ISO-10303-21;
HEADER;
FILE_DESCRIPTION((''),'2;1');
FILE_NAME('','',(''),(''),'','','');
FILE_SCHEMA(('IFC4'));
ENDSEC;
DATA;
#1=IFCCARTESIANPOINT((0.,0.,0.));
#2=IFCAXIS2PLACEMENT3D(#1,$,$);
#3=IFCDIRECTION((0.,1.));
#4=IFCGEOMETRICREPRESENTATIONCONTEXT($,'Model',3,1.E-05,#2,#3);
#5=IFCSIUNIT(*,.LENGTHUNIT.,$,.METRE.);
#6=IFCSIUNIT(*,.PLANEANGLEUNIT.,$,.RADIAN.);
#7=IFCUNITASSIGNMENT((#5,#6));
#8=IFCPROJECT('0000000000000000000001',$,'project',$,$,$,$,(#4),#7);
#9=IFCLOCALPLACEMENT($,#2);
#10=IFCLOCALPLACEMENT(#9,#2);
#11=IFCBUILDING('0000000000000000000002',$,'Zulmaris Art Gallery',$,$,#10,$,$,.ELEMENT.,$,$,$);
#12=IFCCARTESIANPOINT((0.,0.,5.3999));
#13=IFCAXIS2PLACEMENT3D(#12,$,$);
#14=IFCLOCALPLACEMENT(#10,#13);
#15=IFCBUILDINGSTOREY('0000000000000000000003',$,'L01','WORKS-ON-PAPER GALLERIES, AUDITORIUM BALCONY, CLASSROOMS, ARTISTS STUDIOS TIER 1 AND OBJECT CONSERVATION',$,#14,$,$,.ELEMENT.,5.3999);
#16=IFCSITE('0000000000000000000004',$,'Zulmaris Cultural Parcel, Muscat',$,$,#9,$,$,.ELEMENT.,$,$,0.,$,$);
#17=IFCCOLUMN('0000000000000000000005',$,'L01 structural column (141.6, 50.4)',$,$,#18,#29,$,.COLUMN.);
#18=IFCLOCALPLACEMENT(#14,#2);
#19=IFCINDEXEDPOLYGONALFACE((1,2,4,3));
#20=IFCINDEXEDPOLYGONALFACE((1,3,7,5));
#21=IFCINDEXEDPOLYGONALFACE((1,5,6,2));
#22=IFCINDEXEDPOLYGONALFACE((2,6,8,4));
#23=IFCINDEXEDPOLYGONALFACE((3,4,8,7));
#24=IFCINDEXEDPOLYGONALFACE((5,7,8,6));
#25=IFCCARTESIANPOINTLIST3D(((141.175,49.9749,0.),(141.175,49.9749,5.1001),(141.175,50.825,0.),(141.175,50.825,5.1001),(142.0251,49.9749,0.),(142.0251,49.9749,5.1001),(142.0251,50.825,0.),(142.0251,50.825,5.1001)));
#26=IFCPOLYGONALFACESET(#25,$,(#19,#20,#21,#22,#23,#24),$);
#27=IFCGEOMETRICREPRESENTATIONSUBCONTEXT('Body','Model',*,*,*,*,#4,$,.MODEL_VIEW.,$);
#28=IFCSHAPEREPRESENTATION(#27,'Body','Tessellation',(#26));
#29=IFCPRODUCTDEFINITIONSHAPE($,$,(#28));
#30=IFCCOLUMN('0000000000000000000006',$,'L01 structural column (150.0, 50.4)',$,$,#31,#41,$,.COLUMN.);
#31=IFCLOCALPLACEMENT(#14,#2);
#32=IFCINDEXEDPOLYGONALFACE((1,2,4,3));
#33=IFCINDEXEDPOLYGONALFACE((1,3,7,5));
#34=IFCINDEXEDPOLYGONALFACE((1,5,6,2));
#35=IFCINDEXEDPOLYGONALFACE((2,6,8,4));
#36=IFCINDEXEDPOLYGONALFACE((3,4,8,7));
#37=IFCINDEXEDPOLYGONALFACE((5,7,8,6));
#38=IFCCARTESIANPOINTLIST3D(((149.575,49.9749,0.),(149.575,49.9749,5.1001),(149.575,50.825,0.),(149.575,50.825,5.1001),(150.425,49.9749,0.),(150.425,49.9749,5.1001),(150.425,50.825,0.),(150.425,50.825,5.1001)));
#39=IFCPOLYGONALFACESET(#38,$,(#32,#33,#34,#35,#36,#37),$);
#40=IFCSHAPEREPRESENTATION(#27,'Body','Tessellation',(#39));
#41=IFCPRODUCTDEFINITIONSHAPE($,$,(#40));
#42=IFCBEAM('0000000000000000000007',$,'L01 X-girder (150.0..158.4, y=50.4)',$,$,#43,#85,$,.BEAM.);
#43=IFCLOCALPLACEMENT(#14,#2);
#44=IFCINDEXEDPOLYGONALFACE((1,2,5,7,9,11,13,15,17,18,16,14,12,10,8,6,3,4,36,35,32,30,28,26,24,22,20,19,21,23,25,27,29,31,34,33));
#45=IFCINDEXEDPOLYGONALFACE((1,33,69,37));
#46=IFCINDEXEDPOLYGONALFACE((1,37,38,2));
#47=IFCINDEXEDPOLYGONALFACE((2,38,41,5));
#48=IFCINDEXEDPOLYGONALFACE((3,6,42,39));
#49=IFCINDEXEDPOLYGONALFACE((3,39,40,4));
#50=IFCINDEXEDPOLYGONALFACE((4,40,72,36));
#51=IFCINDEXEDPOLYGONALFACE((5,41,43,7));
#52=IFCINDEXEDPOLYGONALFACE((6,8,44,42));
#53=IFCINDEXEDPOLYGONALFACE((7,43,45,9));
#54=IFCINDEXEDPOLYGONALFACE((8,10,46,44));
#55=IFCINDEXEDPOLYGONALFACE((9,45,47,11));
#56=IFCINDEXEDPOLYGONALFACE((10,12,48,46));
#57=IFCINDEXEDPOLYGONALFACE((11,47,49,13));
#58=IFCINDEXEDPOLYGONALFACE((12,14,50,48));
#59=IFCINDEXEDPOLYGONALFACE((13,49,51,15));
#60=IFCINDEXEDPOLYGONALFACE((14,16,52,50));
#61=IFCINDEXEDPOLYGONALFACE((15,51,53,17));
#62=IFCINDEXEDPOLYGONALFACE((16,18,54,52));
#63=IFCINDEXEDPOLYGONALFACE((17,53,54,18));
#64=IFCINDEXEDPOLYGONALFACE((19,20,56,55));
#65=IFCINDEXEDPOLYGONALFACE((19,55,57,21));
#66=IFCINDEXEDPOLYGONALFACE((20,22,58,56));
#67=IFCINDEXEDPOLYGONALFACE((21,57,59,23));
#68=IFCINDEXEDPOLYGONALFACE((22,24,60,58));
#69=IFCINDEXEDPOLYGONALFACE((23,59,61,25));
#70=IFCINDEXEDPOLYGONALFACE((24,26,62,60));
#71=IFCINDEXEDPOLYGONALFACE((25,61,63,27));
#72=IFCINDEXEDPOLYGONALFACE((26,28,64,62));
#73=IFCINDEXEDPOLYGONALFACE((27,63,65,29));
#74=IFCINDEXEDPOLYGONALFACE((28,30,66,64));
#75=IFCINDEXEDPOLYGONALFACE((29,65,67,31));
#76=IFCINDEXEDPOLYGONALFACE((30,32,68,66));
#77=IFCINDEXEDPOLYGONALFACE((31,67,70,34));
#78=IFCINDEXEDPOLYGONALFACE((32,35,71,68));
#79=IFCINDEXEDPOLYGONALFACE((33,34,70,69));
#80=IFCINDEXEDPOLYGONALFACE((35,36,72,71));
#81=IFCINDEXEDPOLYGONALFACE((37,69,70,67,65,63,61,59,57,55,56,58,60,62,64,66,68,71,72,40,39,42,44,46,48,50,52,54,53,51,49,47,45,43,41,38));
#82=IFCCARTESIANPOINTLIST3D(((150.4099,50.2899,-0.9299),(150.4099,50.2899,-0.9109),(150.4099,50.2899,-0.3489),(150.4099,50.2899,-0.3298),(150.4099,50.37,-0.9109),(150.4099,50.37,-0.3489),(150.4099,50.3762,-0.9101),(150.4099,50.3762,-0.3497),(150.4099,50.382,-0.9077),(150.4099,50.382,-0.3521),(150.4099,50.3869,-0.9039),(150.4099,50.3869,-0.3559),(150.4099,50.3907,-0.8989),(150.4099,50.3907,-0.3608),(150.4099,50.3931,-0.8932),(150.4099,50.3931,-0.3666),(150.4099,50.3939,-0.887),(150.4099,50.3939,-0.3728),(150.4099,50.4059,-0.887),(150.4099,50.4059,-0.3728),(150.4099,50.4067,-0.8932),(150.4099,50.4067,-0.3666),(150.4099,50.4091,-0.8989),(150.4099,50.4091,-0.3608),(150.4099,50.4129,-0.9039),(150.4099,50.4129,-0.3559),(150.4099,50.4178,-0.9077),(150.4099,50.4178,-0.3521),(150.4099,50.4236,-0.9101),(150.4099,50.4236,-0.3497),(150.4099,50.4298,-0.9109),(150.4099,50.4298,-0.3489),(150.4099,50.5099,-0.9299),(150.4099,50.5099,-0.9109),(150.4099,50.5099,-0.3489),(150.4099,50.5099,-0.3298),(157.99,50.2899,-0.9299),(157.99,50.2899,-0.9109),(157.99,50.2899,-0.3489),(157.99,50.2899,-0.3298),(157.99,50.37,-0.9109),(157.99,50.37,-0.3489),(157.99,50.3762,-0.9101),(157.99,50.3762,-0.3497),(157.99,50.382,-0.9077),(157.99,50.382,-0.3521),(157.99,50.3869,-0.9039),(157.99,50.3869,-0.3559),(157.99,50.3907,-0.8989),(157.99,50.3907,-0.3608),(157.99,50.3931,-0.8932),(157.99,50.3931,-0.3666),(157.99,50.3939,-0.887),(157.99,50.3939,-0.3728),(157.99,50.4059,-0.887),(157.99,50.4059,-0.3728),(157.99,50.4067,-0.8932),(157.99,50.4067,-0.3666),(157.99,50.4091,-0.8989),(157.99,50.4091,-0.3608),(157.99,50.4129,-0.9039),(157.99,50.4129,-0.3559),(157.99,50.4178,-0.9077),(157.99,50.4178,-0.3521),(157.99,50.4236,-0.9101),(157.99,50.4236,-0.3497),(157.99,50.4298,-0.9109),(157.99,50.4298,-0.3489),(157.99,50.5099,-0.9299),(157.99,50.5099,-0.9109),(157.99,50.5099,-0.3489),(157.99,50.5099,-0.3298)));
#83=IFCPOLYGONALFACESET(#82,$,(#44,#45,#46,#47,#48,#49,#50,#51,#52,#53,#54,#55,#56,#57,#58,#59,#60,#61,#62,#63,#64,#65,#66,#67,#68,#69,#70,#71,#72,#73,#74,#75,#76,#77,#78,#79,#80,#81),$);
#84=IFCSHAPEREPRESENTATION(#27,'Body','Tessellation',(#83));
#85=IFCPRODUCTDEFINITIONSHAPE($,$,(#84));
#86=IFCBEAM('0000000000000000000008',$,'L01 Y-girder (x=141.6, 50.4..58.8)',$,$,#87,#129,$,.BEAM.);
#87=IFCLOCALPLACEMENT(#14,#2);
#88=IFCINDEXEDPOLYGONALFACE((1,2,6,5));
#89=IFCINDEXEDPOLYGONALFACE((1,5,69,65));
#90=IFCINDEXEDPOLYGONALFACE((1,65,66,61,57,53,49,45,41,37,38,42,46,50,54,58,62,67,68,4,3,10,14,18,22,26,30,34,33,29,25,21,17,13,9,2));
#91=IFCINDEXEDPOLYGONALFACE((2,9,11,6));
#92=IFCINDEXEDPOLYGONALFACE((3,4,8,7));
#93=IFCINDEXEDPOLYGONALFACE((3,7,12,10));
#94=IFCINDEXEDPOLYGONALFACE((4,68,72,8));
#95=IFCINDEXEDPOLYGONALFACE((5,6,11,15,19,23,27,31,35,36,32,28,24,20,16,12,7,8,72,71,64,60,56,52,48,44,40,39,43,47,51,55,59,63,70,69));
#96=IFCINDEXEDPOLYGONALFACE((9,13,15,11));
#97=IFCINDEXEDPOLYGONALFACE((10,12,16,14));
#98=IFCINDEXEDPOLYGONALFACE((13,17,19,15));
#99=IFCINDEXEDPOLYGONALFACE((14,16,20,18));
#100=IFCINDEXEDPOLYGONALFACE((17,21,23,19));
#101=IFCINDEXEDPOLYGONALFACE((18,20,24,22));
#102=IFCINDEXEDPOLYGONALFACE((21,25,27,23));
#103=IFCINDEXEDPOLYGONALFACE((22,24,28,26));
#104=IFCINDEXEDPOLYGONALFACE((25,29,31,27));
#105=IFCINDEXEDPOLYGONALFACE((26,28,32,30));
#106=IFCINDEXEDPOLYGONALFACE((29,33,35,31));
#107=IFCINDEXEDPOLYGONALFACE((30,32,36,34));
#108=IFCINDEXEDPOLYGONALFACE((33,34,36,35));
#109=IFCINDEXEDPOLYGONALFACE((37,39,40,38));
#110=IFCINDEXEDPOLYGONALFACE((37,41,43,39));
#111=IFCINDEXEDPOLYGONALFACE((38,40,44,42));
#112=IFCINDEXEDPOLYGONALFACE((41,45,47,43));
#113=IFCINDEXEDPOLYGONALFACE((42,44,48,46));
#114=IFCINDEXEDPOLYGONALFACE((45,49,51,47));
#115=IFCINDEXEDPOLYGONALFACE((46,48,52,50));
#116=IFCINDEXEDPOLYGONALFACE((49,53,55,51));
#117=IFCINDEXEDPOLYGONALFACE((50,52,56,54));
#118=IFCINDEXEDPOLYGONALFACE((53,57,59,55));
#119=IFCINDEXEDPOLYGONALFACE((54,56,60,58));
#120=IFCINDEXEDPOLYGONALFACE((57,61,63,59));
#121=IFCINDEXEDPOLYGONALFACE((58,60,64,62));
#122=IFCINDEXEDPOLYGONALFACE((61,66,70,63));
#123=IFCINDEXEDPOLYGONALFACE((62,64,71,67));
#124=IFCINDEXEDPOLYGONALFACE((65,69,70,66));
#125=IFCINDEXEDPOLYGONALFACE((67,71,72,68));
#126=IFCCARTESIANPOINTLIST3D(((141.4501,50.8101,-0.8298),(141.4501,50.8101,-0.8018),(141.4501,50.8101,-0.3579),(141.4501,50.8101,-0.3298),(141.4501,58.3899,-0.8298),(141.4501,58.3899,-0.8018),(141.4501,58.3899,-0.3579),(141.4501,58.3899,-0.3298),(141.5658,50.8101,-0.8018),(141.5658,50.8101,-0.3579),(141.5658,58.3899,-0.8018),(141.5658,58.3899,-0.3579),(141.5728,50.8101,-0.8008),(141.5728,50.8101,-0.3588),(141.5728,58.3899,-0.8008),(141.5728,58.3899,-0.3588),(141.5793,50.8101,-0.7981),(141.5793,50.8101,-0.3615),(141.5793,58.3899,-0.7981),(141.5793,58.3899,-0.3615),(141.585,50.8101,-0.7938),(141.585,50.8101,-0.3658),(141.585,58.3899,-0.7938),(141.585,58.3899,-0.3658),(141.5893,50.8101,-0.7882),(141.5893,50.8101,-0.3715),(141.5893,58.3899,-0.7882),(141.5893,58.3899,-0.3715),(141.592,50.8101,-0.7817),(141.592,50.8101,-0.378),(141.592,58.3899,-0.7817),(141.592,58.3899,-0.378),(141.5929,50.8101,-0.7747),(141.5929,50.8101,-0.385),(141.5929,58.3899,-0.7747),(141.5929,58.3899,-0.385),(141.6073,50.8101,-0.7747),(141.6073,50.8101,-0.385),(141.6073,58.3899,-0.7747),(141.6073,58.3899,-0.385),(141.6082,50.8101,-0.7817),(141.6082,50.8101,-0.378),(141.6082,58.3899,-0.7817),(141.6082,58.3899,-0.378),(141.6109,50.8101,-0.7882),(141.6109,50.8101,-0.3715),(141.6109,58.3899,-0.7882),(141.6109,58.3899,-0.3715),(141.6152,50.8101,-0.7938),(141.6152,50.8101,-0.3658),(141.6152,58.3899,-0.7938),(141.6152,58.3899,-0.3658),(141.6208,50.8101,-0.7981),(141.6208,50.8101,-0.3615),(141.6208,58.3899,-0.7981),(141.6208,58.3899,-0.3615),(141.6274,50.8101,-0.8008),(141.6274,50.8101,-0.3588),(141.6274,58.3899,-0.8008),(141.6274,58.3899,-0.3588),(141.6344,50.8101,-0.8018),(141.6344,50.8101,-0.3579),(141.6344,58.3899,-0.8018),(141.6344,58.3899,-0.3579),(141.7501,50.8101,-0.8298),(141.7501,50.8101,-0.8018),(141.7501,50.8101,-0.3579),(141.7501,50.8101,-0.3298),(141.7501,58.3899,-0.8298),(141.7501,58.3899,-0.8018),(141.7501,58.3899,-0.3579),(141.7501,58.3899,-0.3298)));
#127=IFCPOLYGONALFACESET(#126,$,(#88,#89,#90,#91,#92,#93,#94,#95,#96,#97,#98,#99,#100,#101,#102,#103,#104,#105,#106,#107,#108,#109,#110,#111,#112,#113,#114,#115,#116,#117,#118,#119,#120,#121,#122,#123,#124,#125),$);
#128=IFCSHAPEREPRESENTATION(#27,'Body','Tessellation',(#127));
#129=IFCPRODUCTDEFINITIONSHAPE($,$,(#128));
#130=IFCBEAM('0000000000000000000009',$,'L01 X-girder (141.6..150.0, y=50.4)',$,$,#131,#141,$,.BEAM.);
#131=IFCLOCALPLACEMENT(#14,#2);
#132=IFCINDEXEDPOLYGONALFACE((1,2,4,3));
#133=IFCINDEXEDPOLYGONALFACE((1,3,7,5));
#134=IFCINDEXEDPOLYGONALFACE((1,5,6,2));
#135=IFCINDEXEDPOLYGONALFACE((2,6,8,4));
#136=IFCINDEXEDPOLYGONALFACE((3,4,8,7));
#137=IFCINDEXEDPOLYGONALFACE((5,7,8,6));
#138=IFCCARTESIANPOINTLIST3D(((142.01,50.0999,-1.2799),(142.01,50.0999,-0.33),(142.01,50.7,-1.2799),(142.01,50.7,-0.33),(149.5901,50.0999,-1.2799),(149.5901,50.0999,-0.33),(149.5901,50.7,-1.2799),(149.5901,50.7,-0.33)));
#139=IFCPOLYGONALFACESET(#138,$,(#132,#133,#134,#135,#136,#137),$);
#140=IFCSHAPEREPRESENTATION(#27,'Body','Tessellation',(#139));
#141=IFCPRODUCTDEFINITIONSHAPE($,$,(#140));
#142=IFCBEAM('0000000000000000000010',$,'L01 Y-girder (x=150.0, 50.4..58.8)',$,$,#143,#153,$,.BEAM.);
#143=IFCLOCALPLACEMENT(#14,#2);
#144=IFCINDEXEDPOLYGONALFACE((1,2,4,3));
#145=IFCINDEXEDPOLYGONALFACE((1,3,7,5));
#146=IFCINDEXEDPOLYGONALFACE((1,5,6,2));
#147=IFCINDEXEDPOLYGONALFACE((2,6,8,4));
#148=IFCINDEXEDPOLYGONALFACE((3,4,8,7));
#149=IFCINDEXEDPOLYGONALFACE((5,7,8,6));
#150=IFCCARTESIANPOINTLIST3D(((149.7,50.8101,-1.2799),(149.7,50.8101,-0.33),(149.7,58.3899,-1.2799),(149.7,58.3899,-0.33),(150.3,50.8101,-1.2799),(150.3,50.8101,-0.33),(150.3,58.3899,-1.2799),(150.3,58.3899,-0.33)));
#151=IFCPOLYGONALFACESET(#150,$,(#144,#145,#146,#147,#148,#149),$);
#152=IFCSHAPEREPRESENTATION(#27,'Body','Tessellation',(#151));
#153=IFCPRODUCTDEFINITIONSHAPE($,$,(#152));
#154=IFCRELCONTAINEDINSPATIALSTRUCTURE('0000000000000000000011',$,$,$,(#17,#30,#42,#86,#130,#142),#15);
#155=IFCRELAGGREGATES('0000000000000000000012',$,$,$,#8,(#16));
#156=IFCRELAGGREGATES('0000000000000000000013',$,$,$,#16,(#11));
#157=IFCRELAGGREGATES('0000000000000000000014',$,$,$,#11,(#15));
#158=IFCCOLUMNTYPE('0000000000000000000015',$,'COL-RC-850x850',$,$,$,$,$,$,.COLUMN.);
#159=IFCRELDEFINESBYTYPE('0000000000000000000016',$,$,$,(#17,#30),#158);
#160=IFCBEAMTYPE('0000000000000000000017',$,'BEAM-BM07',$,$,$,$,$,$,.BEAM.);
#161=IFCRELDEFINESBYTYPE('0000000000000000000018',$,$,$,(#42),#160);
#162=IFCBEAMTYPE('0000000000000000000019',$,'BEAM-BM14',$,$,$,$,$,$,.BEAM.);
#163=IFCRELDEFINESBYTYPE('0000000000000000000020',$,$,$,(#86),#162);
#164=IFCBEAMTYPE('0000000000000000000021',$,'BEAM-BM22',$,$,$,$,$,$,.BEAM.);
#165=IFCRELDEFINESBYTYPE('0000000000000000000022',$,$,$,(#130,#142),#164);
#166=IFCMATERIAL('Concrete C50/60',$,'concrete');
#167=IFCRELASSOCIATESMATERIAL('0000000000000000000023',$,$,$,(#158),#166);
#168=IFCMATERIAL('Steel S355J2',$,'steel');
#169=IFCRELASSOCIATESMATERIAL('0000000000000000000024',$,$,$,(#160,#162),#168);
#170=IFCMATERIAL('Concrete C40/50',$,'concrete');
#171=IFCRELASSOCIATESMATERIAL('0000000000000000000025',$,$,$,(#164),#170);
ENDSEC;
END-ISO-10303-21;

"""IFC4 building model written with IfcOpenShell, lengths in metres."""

from ifc_helpers import new_model, si_unit, direction, frame, origin, origin_2d, place, context, subcontext, project, spatial, rectangle, i_section, extrude, material, material_profile, profile_set, type_object, element, save


model = new_model("IFC4")

# Units and contexts
model_context = context("Model", 3, precision=1e-05, world=origin(), true_north=direction((0.0, 1.0)))
body_context = subcontext(model_context, "Body", "Model", "MODEL_VIEW")
ifc_project = project(units=[si_unit("LENGTHUNIT", "METRE"), si_unit("PLANEANGLEUNIT", "RADIAN")], contexts=[model_context])

# Site, building, storey
site_placement = place(None, origin())
site = spatial("IfcSite", under=ifc_project, at=site_placement, Name="Zulmaris Cultural Parcel, Muscat", CompositionType="ELEMENT", RefElevation=0.0)
building_placement = place(site_placement, origin())
building = spatial("IfcBuilding", under=site, at=building_placement, Name="Zulmaris Art Gallery", CompositionType="ELEMENT")
storey_placement = place(building_placement, frame((0.0, 0.0, 5.3999)))
storey = spatial("IfcBuildingStorey", under=building, at=storey_placement, Name="L01", Description="WORKS-ON-PAPER GALLERIES, AUDITORIUM BALCONY, CLASSROOMS, ARTISTS STUDIOS TIER 1 AND OBJECT CONSERVATION", CompositionType="ELEMENT", Elevation=5.3999)

# Columns
ifc_material_1 = material(Name="Concrete C50/60", Category="concrete")
ifc_material_profile_1 = material_profile(ifc_material_1, rectangle(XDim=0.8501, YDim=0.8501, at=origin_2d()), Name="RC 850x850")
ifc_profile_set_1 = profile_set([ifc_material_profile_1], Name="Concrete C50/60")
column_type = type_object("IfcColumnType", Name="COL-RC-850x850", PredefinedType="COLUMN", material=ifc_profile_set_1)
for number, where, z_axis, x_axis, name in (
    (1, (141.6001, 50.3999, 0.0), (0.0, 0.0, 1.0), (1.0, 0.0, 0.0), "L01 structural column (141.6, 50.4)"),
    (2, (150.0, 50.3999, 0.0), (0.0, 0.0, 1.0), (1.0, 0.0, 0.0), "L01 structural column (150.0, 50.4)"),
):
    element("IfcColumn", number, at=place(storey_placement, frame(where, z_axis=z_axis, x_axis=x_axis)), inside=storey, type_object=column_type, Name=name, PredefinedType="COLUMN", context=body_context, shape_type="SweptSolid", body=[
        extrude(rectangle(XDim=0.8501, YDim=0.8501, at=origin_2d()), origin(), (0.0, 0.0, 1.0), 5.1001),
    ])

# Beams
ifc_material_2 = material(Name="Steel S355J2", Category="steel")
ifc_material_profile_2 = material_profile(ifc_material_2, i_section(OverallWidth=0.22, OverallDepth=0.6001, WebThickness=0.012, FlangeThickness=0.019, FilletRadius=0.0239, at=origin_2d()), Name="IPE 600")
ifc_profile_set_2 = profile_set([ifc_material_profile_2], Name="Steel S355J2")
beam_type_1 = type_object("IfcBeamType", Name="BEAM-BM07", PredefinedType="BEAM", material=ifc_profile_set_2)
beam_1_placement = place(storey_placement, frame((150.4099, 50.3999, -0.6299), z_axis=(1.0, 0.0, 0.0), x_axis=(0.0, 1.0, 0.0)))
element("IfcBeam", 3, at=beam_1_placement, inside=storey, type_object=beam_type_1, Name="L01 X-girder (150.0..158.4, y=50.4)", PredefinedType="BEAM", context=body_context, shape_type="SweptSolid", body=[
    extrude(i_section(OverallWidth=0.22, OverallDepth=0.6001, WebThickness=0.012, FlangeThickness=0.019, FilletRadius=0.0239, at=origin_2d()), origin(), (0.0, 0.0, 1.0), 7.5801),
])
ifc_material_profile_3 = material_profile(ifc_material_2, i_section(OverallWidth=0.3, OverallDepth=0.5, WebThickness=0.0144, FlangeThickness=0.0281, FilletRadius=0.0271, at=origin_2d()), Name="HEB 500")
ifc_profile_set_3 = profile_set([ifc_material_profile_3], Name="Steel S355J2")
beam_type_2 = type_object("IfcBeamType", Name="BEAM-BM14", PredefinedType="BEAM", material=ifc_profile_set_3)
beam_2_placement = place(storey_placement, frame((141.6001, 50.8101, -0.5798), z_axis=(0.0, 1.0, 0.0), x_axis=(-1.0, 0.0, 0.0)))
element("IfcBeam", 4, at=beam_2_placement, inside=storey, type_object=beam_type_2, Name="L01 Y-girder (x=141.6, 50.4..58.8)", PredefinedType="BEAM", context=body_context, shape_type="SweptSolid", body=[
    extrude(i_section(OverallWidth=0.3, OverallDepth=0.5, WebThickness=0.0144, FlangeThickness=0.0281, FilletRadius=0.0271, at=origin_2d()), origin(), (0.0, 0.0, 1.0), 7.5798),
])
ifc_material_3 = material(Name="Concrete C40/50", Category="concrete")
ifc_material_profile_4 = material_profile(ifc_material_3, rectangle(XDim=0.6001, YDim=0.95, at=origin_2d()), Name="RC 600x950")
ifc_profile_set_4 = profile_set([ifc_material_profile_4], Name="Concrete C40/50")
beam_type_3 = type_object("IfcBeamType", Name="BEAM-BM22", PredefinedType="BEAM", material=ifc_profile_set_4)
beam_3_placement = place(storey_placement, frame((142.01, 50.3999, -0.8049), z_axis=(1.0, 0.0, 0.0), x_axis=(0.0, 1.0, 0.0)))
element("IfcBeam", 5, at=beam_3_placement, inside=storey, type_object=beam_type_3, Name="L01 X-girder (141.6..150.0, y=50.4)", PredefinedType="BEAM", context=body_context, shape_type="SweptSolid", body=[
    extrude(rectangle(XDim=0.6001, YDim=0.95, at=origin_2d()), origin(), (0.0, 0.0, 1.0), 7.5801),
])
beam_4_placement = place(storey_placement, frame((150.0, 50.8101, -0.8049), z_axis=(0.0, 1.0, 0.0), x_axis=(-1.0, 0.0, 0.0)))
element("IfcBeam", 6, at=beam_4_placement, inside=storey, type_object=beam_type_3, Name="L01 Y-girder (x=150.0, 50.4..58.8)", PredefinedType="BEAM", context=body_context, shape_type="SweptSolid", body=[
    extrude(rectangle(XDim=0.6001, YDim=0.95, at=origin_2d()), origin(), (0.0, 0.0, 1.0), 7.5798),
])

save(model, "model.ifc")
